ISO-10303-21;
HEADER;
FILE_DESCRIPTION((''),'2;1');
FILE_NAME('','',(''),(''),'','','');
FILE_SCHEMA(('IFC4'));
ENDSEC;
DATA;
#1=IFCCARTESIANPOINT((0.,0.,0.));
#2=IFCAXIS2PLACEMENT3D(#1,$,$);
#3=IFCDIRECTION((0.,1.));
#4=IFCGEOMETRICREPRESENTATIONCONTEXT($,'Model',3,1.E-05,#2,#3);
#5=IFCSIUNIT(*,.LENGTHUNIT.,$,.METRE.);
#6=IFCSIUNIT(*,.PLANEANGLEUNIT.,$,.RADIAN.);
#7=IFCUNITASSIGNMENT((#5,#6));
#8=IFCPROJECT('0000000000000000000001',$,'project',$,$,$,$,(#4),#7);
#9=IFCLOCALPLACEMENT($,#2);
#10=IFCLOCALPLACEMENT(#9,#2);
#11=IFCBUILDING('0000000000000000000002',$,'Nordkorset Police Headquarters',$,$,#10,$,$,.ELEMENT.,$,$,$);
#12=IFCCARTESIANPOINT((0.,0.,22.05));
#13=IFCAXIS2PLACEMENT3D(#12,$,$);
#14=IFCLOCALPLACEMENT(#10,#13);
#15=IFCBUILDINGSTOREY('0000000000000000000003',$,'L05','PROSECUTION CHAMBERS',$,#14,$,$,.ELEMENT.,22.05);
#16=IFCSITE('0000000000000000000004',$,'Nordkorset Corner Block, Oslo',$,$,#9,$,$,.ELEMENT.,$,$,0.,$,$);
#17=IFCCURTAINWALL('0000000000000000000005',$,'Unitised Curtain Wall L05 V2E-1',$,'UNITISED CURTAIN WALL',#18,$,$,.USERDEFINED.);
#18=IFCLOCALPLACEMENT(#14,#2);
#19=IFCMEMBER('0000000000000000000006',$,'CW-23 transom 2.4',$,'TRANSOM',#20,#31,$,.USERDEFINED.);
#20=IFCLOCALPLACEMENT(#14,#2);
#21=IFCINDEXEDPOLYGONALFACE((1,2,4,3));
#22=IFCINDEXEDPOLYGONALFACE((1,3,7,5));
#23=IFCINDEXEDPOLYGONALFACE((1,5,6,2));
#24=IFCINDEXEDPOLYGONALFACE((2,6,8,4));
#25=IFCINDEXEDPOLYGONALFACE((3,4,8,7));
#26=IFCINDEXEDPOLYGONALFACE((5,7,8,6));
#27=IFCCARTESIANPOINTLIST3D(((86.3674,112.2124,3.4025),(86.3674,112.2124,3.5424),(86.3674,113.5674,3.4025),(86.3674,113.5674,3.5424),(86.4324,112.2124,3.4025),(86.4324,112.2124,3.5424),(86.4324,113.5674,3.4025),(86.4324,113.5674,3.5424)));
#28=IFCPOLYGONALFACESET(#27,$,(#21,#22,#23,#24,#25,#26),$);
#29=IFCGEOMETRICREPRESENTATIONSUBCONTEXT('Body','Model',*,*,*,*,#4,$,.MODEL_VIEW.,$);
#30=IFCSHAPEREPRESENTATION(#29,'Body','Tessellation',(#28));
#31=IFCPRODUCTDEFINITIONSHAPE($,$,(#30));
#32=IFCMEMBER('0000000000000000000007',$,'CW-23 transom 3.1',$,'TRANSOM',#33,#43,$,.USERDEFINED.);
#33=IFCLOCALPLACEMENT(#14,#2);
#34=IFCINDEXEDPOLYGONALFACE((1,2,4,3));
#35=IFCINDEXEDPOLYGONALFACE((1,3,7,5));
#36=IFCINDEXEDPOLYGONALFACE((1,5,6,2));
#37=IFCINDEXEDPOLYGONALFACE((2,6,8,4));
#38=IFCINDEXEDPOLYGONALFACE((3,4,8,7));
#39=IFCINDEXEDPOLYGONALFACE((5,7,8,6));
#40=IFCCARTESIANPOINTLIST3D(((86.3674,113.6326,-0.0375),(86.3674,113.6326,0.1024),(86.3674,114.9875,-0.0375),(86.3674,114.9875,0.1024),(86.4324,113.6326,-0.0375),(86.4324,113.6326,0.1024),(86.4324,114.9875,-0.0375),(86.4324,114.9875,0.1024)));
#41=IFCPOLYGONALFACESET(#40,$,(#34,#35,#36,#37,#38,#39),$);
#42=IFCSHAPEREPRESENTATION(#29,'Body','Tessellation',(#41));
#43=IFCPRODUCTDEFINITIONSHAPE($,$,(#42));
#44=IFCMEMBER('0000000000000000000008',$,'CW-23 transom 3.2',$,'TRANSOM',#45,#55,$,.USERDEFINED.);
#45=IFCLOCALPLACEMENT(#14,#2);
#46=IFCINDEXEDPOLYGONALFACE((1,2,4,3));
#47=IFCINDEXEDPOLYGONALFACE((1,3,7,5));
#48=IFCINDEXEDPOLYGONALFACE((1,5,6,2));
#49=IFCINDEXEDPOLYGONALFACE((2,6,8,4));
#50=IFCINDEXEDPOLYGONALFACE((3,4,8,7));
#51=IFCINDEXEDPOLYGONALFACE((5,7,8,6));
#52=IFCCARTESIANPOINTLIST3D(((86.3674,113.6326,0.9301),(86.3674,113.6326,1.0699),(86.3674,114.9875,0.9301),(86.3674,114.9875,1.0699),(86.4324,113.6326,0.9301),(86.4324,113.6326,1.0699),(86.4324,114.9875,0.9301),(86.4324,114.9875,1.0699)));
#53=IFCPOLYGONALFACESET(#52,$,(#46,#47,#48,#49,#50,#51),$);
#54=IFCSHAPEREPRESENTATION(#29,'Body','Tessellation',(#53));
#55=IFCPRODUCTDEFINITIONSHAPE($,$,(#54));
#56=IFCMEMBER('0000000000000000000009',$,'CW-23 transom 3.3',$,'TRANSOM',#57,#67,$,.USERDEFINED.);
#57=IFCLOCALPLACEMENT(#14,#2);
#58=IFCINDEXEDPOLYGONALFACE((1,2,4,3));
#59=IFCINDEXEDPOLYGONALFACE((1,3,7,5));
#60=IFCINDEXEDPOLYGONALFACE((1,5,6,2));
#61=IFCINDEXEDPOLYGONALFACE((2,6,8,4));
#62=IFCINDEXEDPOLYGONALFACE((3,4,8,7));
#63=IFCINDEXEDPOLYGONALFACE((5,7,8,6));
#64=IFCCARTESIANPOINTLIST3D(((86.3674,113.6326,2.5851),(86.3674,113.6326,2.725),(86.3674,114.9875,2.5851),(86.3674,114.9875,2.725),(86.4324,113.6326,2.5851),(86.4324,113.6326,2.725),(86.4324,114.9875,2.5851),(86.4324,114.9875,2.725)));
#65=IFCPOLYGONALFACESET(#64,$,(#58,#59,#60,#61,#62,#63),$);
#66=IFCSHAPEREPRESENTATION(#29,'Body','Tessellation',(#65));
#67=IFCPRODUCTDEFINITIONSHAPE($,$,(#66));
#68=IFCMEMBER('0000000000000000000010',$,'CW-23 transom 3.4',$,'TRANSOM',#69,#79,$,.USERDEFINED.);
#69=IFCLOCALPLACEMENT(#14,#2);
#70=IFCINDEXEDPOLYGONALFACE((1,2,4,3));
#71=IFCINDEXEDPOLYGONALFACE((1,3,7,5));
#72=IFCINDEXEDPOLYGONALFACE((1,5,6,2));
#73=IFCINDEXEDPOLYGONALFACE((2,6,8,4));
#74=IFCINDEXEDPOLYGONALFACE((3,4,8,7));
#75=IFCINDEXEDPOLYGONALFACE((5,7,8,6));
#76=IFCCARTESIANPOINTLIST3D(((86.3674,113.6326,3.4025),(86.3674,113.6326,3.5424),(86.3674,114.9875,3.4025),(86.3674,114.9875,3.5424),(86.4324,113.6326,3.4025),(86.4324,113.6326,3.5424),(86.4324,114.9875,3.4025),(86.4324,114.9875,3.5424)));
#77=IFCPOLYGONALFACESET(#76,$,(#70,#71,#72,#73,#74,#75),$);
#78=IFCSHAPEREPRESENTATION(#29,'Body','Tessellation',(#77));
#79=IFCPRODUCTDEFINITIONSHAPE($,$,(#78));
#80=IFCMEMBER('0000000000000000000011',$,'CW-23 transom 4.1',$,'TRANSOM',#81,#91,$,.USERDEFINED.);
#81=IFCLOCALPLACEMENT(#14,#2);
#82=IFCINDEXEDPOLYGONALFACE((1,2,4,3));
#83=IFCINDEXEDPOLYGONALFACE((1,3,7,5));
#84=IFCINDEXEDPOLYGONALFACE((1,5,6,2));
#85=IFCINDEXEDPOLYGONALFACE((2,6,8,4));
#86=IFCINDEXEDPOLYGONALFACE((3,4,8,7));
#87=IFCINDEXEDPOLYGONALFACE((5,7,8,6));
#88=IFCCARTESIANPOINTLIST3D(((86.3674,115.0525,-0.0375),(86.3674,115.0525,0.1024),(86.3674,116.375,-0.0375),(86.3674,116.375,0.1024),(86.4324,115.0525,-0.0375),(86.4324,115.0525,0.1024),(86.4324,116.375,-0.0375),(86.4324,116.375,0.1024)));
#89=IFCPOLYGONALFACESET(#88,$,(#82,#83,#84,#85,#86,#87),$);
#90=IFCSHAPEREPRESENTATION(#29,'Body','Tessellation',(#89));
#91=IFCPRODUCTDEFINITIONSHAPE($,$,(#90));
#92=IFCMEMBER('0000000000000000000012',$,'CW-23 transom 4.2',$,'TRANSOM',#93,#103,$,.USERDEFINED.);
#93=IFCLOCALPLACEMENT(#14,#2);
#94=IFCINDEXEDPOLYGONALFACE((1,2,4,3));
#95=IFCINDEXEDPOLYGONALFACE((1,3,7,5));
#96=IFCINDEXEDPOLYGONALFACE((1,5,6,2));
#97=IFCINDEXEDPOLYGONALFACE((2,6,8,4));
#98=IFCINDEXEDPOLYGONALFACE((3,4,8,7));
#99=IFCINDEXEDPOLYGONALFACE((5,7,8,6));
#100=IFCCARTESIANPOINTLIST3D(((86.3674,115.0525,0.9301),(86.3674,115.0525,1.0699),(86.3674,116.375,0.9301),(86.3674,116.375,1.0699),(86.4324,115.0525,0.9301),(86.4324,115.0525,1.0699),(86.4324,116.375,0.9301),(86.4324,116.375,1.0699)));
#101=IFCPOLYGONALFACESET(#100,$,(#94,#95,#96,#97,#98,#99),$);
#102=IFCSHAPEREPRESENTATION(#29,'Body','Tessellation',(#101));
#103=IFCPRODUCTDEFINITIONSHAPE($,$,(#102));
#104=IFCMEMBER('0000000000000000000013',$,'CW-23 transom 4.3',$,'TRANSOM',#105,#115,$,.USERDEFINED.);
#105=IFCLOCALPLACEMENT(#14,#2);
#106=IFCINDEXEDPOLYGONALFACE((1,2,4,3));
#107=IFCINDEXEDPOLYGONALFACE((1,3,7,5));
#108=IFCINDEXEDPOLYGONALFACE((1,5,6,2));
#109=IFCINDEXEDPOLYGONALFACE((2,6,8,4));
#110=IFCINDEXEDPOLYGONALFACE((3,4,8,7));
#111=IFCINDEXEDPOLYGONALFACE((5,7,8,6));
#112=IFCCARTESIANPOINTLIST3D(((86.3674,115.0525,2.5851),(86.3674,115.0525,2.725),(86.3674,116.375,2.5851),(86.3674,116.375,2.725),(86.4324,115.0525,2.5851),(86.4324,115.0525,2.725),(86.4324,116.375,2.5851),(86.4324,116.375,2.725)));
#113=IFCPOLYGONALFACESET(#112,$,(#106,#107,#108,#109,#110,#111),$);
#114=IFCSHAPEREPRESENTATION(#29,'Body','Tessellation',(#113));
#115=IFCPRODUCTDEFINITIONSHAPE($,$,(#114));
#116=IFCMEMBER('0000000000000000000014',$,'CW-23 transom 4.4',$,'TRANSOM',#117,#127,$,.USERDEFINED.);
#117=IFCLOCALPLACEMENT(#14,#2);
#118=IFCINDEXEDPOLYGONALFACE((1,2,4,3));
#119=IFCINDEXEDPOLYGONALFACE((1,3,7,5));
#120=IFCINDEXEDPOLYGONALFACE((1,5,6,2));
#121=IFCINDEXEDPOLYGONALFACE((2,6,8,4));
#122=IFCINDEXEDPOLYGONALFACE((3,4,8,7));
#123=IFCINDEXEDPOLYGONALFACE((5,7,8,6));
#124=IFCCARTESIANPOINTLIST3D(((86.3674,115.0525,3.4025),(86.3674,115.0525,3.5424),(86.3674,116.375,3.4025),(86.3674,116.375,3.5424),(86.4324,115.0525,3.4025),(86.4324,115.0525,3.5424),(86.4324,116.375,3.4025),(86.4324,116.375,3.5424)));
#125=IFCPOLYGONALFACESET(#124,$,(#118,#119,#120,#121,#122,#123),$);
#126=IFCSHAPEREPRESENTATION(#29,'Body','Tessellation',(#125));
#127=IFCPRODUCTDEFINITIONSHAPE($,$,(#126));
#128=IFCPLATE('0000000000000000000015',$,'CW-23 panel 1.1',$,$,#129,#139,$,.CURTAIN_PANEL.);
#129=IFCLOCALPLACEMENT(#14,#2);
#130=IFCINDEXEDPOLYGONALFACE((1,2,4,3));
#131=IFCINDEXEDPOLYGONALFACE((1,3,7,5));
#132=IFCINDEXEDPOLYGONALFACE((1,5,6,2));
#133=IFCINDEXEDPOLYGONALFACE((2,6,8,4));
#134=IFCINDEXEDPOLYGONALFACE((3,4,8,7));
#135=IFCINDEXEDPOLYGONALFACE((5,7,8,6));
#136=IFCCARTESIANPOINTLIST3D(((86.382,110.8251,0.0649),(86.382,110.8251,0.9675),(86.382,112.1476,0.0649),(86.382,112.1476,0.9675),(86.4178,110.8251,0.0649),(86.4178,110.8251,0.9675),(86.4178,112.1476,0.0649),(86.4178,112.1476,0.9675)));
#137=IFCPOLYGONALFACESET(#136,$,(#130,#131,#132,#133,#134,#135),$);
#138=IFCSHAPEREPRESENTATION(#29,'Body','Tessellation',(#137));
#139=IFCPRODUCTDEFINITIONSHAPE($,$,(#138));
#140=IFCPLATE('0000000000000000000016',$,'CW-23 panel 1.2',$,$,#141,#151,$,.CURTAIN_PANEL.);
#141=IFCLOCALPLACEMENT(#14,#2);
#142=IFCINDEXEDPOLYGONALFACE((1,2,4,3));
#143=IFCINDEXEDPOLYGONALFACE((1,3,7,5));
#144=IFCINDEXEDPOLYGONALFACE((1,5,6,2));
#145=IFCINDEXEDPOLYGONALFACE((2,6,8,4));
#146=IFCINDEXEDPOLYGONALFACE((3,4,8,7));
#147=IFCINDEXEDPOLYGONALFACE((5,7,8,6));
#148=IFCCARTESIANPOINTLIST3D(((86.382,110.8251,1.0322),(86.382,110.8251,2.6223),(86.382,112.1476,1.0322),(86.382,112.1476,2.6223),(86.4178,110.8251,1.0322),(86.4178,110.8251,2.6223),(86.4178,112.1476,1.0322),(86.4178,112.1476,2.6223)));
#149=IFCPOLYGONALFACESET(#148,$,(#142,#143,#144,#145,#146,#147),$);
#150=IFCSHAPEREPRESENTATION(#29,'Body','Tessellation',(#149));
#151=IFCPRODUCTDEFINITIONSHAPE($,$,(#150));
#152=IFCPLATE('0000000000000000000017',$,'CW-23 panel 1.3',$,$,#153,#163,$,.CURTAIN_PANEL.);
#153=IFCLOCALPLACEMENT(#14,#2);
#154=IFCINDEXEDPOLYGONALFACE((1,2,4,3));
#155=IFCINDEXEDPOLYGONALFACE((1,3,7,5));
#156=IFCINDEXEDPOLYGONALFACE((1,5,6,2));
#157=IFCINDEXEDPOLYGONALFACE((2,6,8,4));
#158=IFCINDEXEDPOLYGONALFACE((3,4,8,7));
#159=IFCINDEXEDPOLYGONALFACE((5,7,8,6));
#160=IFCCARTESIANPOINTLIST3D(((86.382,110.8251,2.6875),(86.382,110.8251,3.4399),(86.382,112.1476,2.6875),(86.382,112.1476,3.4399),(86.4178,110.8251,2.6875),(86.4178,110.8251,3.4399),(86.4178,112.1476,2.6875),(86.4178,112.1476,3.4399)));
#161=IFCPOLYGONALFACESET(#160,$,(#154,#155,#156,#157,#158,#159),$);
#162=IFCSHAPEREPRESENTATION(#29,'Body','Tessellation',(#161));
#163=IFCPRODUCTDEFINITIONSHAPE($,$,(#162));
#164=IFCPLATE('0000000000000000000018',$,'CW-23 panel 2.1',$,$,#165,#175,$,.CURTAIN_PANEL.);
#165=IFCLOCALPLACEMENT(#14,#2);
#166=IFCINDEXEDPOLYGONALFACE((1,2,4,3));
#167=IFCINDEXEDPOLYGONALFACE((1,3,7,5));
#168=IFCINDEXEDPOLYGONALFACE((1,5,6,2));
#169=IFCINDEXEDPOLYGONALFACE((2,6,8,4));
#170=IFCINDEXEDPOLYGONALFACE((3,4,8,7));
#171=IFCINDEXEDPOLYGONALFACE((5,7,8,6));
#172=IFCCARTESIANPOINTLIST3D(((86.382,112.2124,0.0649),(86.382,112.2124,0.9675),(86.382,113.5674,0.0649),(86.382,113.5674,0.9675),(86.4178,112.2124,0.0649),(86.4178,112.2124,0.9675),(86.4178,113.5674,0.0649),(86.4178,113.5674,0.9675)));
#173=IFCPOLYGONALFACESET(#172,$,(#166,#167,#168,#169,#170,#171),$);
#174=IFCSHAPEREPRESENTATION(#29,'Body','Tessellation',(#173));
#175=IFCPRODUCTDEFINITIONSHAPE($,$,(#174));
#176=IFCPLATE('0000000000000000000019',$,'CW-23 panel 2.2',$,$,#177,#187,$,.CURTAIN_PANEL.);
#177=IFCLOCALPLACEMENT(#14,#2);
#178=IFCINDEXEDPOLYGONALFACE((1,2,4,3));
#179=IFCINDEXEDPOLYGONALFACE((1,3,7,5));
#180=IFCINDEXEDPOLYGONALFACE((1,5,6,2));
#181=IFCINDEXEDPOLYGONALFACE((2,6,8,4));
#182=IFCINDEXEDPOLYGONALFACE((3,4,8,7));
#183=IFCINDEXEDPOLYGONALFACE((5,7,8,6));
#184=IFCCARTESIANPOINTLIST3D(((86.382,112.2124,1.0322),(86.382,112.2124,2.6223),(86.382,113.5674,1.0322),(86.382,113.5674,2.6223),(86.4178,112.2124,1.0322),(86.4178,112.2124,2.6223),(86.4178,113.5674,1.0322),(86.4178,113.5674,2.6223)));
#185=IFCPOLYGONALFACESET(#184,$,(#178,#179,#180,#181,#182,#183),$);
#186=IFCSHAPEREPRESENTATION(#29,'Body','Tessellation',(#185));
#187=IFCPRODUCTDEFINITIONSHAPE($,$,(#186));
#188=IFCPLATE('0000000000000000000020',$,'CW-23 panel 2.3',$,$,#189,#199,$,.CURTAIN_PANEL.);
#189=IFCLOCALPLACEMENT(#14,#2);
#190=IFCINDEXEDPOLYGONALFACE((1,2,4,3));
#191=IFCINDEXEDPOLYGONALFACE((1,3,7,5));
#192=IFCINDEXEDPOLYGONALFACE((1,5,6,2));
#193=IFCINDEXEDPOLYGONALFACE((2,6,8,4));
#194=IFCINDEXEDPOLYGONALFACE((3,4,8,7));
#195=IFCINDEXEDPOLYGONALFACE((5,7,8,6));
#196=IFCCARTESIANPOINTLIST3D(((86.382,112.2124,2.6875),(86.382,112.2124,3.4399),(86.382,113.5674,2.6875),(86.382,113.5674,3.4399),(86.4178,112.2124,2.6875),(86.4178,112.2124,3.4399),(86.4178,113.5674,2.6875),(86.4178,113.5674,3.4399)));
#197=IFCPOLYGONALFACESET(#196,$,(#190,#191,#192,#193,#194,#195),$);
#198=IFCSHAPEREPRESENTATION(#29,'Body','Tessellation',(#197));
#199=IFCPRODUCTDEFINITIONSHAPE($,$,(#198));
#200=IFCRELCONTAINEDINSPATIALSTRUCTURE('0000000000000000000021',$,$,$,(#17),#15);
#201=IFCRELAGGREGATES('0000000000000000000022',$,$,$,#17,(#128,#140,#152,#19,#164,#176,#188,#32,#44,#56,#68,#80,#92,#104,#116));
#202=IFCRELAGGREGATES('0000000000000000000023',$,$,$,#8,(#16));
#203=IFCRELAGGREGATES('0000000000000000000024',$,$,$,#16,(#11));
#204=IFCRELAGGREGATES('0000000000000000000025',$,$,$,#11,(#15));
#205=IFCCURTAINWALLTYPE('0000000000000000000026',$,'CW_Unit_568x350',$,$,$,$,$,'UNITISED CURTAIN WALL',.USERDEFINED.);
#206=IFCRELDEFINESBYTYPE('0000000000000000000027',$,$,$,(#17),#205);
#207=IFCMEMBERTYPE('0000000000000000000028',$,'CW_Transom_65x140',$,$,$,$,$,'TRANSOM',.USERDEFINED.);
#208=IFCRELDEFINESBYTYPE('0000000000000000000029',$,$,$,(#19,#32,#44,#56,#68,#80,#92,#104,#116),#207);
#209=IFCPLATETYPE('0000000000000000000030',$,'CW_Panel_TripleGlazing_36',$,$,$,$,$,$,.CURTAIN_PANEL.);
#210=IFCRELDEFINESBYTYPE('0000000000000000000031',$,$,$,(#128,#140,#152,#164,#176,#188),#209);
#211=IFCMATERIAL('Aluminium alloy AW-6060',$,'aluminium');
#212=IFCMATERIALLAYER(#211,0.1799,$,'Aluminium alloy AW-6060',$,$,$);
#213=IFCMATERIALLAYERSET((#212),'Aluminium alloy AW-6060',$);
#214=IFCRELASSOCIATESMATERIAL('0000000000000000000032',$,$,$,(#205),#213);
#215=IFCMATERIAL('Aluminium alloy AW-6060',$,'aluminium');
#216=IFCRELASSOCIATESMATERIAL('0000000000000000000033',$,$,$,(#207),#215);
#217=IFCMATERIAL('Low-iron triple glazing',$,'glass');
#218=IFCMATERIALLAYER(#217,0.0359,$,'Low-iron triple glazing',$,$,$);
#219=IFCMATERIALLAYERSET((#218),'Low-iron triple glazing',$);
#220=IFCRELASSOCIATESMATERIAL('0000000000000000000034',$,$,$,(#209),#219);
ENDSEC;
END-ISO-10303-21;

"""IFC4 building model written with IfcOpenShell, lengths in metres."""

from ifc_helpers import new_model, si_unit, direction, frame, origin, origin_2d, place, context, subcontext, project, spatial, rectangle, extrude, material, layer, layer_set, material_profile, profile_set, type_object, element, aggregate, save


model = new_model("IFC4")

# Units and contexts
model_context = context("Model", 3, precision=1e-05, world=origin(), true_north=direction((0.0, 1.0)))
body_context = subcontext(model_context, "Body", "Model", "MODEL_VIEW")
ifc_project = project(units=[si_unit("LENGTHUNIT", "METRE"), si_unit("PLANEANGLEUNIT", "RADIAN")], contexts=[model_context])

# Site, building, storey
site_placement = place(None, origin())
site = spatial("IfcSite", under=ifc_project, at=site_placement, Name="Nordkorset Corner Block, Oslo", CompositionType="ELEMENT", RefElevation=0.0)
building_placement = place(site_placement, origin())
building = spatial("IfcBuilding", under=site, at=building_placement, Name="Nordkorset Police Headquarters", CompositionType="ELEMENT")
storey_placement = place(building_placement, frame((0.0, 0.0, 22.05)))
storey = spatial("IfcBuildingStorey", under=building, at=storey_placement, Name="L05", Description="PROSECUTION CHAMBERS", CompositionType="ELEMENT", Elevation=22.05)

# Curtain wall, members, plates
ifc_material_1 = material(Name="Aluminium alloy AW-6060", Category="aluminium")
ifc_layer_1 = layer(ifc_material_1, 0.1799, Name="Aluminium alloy AW-6060")
ifc_layer_set_1 = layer_set([ifc_layer_1], Name="Aluminium alloy AW-6060")
curtain_wall_type = type_object("IfcCurtainWallType", Name="CW_Unit_568x350", ElementType="UNITISED CURTAIN WALL", PredefinedType="USERDEFINED", material=ifc_layer_set_1)
curtain_wall_placement = place(storey_placement, origin())
curtain_wall = element("IfcCurtainWall", 1, at=curtain_wall_placement, inside=storey, type_object=curtain_wall_type, Name="Unitised Curtain Wall L05 V2E-1", ObjectType="UNITISED CURTAIN WALL", PredefinedType="USERDEFINED")
ifc_material_2 = material(Name="Aluminium alloy AW-6060", Category="aluminium")
ifc_material_profile_1 = material_profile(ifc_material_2, rectangle(XDim=0.0649, YDim=0.1399, at=origin_2d()), Name="ALU TRAN 65x140")
ifc_profile_set_1 = profile_set([ifc_material_profile_1], Name="Aluminium alloy AW-6060")
member_type_1 = type_object("IfcMemberType", Name="CW_Transom_65x140", ElementType="TRANSOM", PredefinedType="USERDEFINED", material=ifc_profile_set_1)
member_1_placement = place(storey_placement, frame((86.3999, 112.2124, 3.4724), z_axis=(0.0, 1.0, 0.0), x_axis=(-1.0, 0.0, 0.0)))
member_1 = element("IfcMember", 2, at=member_1_placement, type_object=member_type_1, Name="CW-23 transom 2.4", ObjectType="TRANSOM", PredefinedType="USERDEFINED", context=body_context, shape_type="SweptSolid", body=[
    extrude(rectangle(XDim=0.0649, YDim=0.1399, at=origin_2d()), origin(), (0.0, 0.0, 1.0), 1.355),
])
member_2_placement = place(storey_placement, frame((86.3999, 113.6326, 0.0325), z_axis=(0.0, 1.0, 0.0), x_axis=(-1.0, 0.0, 0.0)))
member_2 = element("IfcMember", 3, at=member_2_placement, type_object=member_type_1, Name="CW-23 transom 3.1", ObjectType="TRANSOM", PredefinedType="USERDEFINED", context=body_context, shape_type="SweptSolid", body=[
    extrude(rectangle(XDim=0.0649, YDim=0.1399, at=origin_2d()), origin(), (0.0, 0.0, 1.0), 1.355),
])
member_3_placement = place(storey_placement, frame((86.3999, 113.6326, 1.0), z_axis=(0.0, 1.0, 0.0), x_axis=(-1.0, 0.0, 0.0)))
member_3 = element("IfcMember", 4, at=member_3_placement, type_object=member_type_1, Name="CW-23 transom 3.2", ObjectType="TRANSOM", PredefinedType="USERDEFINED", context=body_context, shape_type="SweptSolid", body=[
    extrude(rectangle(XDim=0.0649, YDim=0.1399, at=origin_2d()), origin(), (0.0, 0.0, 1.0), 1.355),
])
member_4_placement = place(storey_placement, frame((86.3999, 113.6326, 2.655), z_axis=(0.0, 1.0, 0.0), x_axis=(-1.0, 0.0, 0.0)))
member_4 = element("IfcMember", 5, at=member_4_placement, type_object=member_type_1, Name="CW-23 transom 3.3", ObjectType="TRANSOM", PredefinedType="USERDEFINED", context=body_context, shape_type="SweptSolid", body=[
    extrude(rectangle(XDim=0.0649, YDim=0.1399, at=origin_2d()), origin(), (0.0, 0.0, 1.0), 1.355),
])
member_5_placement = place(storey_placement, frame((86.3999, 113.6326, 3.4724), z_axis=(0.0, 1.0, 0.0), x_axis=(-1.0, 0.0, 0.0)))
member_5 = element("IfcMember", 6, at=member_5_placement, type_object=member_type_1, Name="CW-23 transom 3.4", ObjectType="TRANSOM", PredefinedType="USERDEFINED", context=body_context, shape_type="SweptSolid", body=[
    extrude(rectangle(XDim=0.0649, YDim=0.1399, at=origin_2d()), origin(), (0.0, 0.0, 1.0), 1.355),
])
member_6_placement = place(storey_placement, frame((86.3999, 115.0525, 0.0325), z_axis=(0.0, 1.0, 0.0), x_axis=(-1.0, 0.0, 0.0)))
member_6 = element("IfcMember", 7, at=member_6_placement, type_object=member_type_1, Name="CW-23 transom 4.1", ObjectType="TRANSOM", PredefinedType="USERDEFINED", context=body_context, shape_type="SweptSolid", body=[
    extrude(rectangle(XDim=0.0649, YDim=0.1399, at=origin_2d()), origin(), (0.0, 0.0, 1.0), 1.3225),
])
member_7_placement = place(storey_placement, frame((86.3999, 115.0525, 1.0), z_axis=(0.0, 1.0, 0.0), x_axis=(-1.0, 0.0, 0.0)))
member_7 = element("IfcMember", 8, at=member_7_placement, type_object=member_type_1, Name="CW-23 transom 4.2", ObjectType="TRANSOM", PredefinedType="USERDEFINED", context=body_context, shape_type="SweptSolid", body=[
    extrude(rectangle(XDim=0.0649, YDim=0.1399, at=origin_2d()), origin(), (0.0, 0.0, 1.0), 1.3225),
])
member_8_placement = place(storey_placement, frame((86.3999, 115.0525, 2.655), z_axis=(0.0, 1.0, 0.0), x_axis=(-1.0, 0.0, 0.0)))
member_8 = element("IfcMember", 9, at=member_8_placement, type_object=member_type_1, Name="CW-23 transom 4.3", ObjectType="TRANSOM", PredefinedType="USERDEFINED", context=body_context, shape_type="SweptSolid", body=[
    extrude(rectangle(XDim=0.0649, YDim=0.1399, at=origin_2d()), origin(), (0.0, 0.0, 1.0), 1.3225),
])
member_9_placement = place(storey_placement, frame((86.3999, 115.0525, 3.4724), z_axis=(0.0, 1.0, 0.0), x_axis=(-1.0, 0.0, 0.0)))
member_9 = element("IfcMember", 10, at=member_9_placement, type_object=member_type_1, Name="CW-23 transom 4.4", ObjectType="TRANSOM", PredefinedType="USERDEFINED", context=body_context, shape_type="SweptSolid", body=[
    extrude(rectangle(XDim=0.0649, YDim=0.1399, at=origin_2d()), origin(), (0.0, 0.0, 1.0), 1.3225),
])
ifc_material_3 = material(Name="Low-iron triple glazing", Category="glass")
ifc_layer_2 = layer(ifc_material_3, 0.0359, Name="Low-iron triple glazing")
ifc_layer_set_2 = layer_set([ifc_layer_2], Name="Low-iron triple glazing")
plate_type = type_object("IfcPlateType", Name="CW_Panel_TripleGlazing_36", PredefinedType="CURTAIN_PANEL", material=ifc_layer_set_2)
plate_1_placement = place(storey_placement, frame((86.3999, 111.4863, 0.0649), z_axis=(0.0, 0.0, 1.0), x_axis=(0.0, 1.0, 0.0)))
plate_1 = element("IfcPlate", 11, at=plate_1_placement, type_object=plate_type, Name="CW-23 panel 1.1", PredefinedType="CURTAIN_PANEL", context=body_context, shape_type="SweptSolid", body=[
    extrude(rectangle(XDim=1.3225, YDim=0.0359, at=origin_2d()), origin(), (0.0, 0.0, 1.0), 0.9026),
])
plate_2_placement = place(storey_placement, frame((86.3999, 111.4863, 1.0322), z_axis=(0.0, 0.0, 1.0), x_axis=(0.0, 1.0, 0.0)))
plate_2 = element("IfcPlate", 12, at=plate_2_placement, type_object=plate_type, Name="CW-23 panel 1.2", PredefinedType="CURTAIN_PANEL", context=body_context, shape_type="SweptSolid", body=[
    extrude(rectangle(XDim=1.3225, YDim=0.0359, at=origin_2d()), origin(), (0.0, 0.0, 1.0), 1.5901),
])
plate_3_placement = place(storey_placement, frame((86.3999, 111.4863, 2.6875), z_axis=(0.0, 0.0, 1.0), x_axis=(0.0, 1.0, 0.0)))
plate_3 = element("IfcPlate", 13, at=plate_3_placement, type_object=plate_type, Name="CW-23 panel 1.3", PredefinedType="CURTAIN_PANEL", context=body_context, shape_type="SweptSolid", body=[
    extrude(rectangle(XDim=1.3225, YDim=0.0359, at=origin_2d()), origin(), (0.0, 0.0, 1.0), 0.7524),
])
plate_4_placement = place(storey_placement, frame((86.3999, 112.8899, 0.0649), z_axis=(0.0, 0.0, 1.0), x_axis=(0.0, 1.0, 0.0)))
plate_4 = element("IfcPlate", 14, at=plate_4_placement, type_object=plate_type, Name="CW-23 panel 2.1", PredefinedType="CURTAIN_PANEL", context=body_context, shape_type="SweptSolid", body=[
    extrude(rectangle(XDim=1.355, YDim=0.0359, at=origin_2d()), origin(), (0.0, 0.0, 1.0), 0.9026),
])
plate_5_placement = place(storey_placement, frame((86.3999, 112.8899, 1.0322), z_axis=(0.0, 0.0, 1.0), x_axis=(0.0, 1.0, 0.0)))
plate_5 = element("IfcPlate", 15, at=plate_5_placement, type_object=plate_type, Name="CW-23 panel 2.2", PredefinedType="CURTAIN_PANEL", context=body_context, shape_type="SweptSolid", body=[
    extrude(rectangle(XDim=1.355, YDim=0.0359, at=origin_2d()), origin(), (0.0, 0.0, 1.0), 1.5901),
])
plate_6_placement = place(storey_placement, frame((86.3999, 112.8899, 2.6875), z_axis=(0.0, 0.0, 1.0), x_axis=(0.0, 1.0, 0.0)))
plate_6 = element("IfcPlate", 16, at=plate_6_placement, type_object=plate_type, Name="CW-23 panel 2.3", PredefinedType="CURTAIN_PANEL", context=body_context, shape_type="SweptSolid", body=[
    extrude(rectangle(XDim=1.355, YDim=0.0359, at=origin_2d()), origin(), (0.0, 0.0, 1.0), 0.7524),
])
aggregate(curtain_wall, [plate_1, plate_2, plate_3, member_1, plate_4, plate_5, plate_6, member_2, member_3, member_4, member_5, member_6, member_7, member_8, member_9])

save(model, "model.ifc")
